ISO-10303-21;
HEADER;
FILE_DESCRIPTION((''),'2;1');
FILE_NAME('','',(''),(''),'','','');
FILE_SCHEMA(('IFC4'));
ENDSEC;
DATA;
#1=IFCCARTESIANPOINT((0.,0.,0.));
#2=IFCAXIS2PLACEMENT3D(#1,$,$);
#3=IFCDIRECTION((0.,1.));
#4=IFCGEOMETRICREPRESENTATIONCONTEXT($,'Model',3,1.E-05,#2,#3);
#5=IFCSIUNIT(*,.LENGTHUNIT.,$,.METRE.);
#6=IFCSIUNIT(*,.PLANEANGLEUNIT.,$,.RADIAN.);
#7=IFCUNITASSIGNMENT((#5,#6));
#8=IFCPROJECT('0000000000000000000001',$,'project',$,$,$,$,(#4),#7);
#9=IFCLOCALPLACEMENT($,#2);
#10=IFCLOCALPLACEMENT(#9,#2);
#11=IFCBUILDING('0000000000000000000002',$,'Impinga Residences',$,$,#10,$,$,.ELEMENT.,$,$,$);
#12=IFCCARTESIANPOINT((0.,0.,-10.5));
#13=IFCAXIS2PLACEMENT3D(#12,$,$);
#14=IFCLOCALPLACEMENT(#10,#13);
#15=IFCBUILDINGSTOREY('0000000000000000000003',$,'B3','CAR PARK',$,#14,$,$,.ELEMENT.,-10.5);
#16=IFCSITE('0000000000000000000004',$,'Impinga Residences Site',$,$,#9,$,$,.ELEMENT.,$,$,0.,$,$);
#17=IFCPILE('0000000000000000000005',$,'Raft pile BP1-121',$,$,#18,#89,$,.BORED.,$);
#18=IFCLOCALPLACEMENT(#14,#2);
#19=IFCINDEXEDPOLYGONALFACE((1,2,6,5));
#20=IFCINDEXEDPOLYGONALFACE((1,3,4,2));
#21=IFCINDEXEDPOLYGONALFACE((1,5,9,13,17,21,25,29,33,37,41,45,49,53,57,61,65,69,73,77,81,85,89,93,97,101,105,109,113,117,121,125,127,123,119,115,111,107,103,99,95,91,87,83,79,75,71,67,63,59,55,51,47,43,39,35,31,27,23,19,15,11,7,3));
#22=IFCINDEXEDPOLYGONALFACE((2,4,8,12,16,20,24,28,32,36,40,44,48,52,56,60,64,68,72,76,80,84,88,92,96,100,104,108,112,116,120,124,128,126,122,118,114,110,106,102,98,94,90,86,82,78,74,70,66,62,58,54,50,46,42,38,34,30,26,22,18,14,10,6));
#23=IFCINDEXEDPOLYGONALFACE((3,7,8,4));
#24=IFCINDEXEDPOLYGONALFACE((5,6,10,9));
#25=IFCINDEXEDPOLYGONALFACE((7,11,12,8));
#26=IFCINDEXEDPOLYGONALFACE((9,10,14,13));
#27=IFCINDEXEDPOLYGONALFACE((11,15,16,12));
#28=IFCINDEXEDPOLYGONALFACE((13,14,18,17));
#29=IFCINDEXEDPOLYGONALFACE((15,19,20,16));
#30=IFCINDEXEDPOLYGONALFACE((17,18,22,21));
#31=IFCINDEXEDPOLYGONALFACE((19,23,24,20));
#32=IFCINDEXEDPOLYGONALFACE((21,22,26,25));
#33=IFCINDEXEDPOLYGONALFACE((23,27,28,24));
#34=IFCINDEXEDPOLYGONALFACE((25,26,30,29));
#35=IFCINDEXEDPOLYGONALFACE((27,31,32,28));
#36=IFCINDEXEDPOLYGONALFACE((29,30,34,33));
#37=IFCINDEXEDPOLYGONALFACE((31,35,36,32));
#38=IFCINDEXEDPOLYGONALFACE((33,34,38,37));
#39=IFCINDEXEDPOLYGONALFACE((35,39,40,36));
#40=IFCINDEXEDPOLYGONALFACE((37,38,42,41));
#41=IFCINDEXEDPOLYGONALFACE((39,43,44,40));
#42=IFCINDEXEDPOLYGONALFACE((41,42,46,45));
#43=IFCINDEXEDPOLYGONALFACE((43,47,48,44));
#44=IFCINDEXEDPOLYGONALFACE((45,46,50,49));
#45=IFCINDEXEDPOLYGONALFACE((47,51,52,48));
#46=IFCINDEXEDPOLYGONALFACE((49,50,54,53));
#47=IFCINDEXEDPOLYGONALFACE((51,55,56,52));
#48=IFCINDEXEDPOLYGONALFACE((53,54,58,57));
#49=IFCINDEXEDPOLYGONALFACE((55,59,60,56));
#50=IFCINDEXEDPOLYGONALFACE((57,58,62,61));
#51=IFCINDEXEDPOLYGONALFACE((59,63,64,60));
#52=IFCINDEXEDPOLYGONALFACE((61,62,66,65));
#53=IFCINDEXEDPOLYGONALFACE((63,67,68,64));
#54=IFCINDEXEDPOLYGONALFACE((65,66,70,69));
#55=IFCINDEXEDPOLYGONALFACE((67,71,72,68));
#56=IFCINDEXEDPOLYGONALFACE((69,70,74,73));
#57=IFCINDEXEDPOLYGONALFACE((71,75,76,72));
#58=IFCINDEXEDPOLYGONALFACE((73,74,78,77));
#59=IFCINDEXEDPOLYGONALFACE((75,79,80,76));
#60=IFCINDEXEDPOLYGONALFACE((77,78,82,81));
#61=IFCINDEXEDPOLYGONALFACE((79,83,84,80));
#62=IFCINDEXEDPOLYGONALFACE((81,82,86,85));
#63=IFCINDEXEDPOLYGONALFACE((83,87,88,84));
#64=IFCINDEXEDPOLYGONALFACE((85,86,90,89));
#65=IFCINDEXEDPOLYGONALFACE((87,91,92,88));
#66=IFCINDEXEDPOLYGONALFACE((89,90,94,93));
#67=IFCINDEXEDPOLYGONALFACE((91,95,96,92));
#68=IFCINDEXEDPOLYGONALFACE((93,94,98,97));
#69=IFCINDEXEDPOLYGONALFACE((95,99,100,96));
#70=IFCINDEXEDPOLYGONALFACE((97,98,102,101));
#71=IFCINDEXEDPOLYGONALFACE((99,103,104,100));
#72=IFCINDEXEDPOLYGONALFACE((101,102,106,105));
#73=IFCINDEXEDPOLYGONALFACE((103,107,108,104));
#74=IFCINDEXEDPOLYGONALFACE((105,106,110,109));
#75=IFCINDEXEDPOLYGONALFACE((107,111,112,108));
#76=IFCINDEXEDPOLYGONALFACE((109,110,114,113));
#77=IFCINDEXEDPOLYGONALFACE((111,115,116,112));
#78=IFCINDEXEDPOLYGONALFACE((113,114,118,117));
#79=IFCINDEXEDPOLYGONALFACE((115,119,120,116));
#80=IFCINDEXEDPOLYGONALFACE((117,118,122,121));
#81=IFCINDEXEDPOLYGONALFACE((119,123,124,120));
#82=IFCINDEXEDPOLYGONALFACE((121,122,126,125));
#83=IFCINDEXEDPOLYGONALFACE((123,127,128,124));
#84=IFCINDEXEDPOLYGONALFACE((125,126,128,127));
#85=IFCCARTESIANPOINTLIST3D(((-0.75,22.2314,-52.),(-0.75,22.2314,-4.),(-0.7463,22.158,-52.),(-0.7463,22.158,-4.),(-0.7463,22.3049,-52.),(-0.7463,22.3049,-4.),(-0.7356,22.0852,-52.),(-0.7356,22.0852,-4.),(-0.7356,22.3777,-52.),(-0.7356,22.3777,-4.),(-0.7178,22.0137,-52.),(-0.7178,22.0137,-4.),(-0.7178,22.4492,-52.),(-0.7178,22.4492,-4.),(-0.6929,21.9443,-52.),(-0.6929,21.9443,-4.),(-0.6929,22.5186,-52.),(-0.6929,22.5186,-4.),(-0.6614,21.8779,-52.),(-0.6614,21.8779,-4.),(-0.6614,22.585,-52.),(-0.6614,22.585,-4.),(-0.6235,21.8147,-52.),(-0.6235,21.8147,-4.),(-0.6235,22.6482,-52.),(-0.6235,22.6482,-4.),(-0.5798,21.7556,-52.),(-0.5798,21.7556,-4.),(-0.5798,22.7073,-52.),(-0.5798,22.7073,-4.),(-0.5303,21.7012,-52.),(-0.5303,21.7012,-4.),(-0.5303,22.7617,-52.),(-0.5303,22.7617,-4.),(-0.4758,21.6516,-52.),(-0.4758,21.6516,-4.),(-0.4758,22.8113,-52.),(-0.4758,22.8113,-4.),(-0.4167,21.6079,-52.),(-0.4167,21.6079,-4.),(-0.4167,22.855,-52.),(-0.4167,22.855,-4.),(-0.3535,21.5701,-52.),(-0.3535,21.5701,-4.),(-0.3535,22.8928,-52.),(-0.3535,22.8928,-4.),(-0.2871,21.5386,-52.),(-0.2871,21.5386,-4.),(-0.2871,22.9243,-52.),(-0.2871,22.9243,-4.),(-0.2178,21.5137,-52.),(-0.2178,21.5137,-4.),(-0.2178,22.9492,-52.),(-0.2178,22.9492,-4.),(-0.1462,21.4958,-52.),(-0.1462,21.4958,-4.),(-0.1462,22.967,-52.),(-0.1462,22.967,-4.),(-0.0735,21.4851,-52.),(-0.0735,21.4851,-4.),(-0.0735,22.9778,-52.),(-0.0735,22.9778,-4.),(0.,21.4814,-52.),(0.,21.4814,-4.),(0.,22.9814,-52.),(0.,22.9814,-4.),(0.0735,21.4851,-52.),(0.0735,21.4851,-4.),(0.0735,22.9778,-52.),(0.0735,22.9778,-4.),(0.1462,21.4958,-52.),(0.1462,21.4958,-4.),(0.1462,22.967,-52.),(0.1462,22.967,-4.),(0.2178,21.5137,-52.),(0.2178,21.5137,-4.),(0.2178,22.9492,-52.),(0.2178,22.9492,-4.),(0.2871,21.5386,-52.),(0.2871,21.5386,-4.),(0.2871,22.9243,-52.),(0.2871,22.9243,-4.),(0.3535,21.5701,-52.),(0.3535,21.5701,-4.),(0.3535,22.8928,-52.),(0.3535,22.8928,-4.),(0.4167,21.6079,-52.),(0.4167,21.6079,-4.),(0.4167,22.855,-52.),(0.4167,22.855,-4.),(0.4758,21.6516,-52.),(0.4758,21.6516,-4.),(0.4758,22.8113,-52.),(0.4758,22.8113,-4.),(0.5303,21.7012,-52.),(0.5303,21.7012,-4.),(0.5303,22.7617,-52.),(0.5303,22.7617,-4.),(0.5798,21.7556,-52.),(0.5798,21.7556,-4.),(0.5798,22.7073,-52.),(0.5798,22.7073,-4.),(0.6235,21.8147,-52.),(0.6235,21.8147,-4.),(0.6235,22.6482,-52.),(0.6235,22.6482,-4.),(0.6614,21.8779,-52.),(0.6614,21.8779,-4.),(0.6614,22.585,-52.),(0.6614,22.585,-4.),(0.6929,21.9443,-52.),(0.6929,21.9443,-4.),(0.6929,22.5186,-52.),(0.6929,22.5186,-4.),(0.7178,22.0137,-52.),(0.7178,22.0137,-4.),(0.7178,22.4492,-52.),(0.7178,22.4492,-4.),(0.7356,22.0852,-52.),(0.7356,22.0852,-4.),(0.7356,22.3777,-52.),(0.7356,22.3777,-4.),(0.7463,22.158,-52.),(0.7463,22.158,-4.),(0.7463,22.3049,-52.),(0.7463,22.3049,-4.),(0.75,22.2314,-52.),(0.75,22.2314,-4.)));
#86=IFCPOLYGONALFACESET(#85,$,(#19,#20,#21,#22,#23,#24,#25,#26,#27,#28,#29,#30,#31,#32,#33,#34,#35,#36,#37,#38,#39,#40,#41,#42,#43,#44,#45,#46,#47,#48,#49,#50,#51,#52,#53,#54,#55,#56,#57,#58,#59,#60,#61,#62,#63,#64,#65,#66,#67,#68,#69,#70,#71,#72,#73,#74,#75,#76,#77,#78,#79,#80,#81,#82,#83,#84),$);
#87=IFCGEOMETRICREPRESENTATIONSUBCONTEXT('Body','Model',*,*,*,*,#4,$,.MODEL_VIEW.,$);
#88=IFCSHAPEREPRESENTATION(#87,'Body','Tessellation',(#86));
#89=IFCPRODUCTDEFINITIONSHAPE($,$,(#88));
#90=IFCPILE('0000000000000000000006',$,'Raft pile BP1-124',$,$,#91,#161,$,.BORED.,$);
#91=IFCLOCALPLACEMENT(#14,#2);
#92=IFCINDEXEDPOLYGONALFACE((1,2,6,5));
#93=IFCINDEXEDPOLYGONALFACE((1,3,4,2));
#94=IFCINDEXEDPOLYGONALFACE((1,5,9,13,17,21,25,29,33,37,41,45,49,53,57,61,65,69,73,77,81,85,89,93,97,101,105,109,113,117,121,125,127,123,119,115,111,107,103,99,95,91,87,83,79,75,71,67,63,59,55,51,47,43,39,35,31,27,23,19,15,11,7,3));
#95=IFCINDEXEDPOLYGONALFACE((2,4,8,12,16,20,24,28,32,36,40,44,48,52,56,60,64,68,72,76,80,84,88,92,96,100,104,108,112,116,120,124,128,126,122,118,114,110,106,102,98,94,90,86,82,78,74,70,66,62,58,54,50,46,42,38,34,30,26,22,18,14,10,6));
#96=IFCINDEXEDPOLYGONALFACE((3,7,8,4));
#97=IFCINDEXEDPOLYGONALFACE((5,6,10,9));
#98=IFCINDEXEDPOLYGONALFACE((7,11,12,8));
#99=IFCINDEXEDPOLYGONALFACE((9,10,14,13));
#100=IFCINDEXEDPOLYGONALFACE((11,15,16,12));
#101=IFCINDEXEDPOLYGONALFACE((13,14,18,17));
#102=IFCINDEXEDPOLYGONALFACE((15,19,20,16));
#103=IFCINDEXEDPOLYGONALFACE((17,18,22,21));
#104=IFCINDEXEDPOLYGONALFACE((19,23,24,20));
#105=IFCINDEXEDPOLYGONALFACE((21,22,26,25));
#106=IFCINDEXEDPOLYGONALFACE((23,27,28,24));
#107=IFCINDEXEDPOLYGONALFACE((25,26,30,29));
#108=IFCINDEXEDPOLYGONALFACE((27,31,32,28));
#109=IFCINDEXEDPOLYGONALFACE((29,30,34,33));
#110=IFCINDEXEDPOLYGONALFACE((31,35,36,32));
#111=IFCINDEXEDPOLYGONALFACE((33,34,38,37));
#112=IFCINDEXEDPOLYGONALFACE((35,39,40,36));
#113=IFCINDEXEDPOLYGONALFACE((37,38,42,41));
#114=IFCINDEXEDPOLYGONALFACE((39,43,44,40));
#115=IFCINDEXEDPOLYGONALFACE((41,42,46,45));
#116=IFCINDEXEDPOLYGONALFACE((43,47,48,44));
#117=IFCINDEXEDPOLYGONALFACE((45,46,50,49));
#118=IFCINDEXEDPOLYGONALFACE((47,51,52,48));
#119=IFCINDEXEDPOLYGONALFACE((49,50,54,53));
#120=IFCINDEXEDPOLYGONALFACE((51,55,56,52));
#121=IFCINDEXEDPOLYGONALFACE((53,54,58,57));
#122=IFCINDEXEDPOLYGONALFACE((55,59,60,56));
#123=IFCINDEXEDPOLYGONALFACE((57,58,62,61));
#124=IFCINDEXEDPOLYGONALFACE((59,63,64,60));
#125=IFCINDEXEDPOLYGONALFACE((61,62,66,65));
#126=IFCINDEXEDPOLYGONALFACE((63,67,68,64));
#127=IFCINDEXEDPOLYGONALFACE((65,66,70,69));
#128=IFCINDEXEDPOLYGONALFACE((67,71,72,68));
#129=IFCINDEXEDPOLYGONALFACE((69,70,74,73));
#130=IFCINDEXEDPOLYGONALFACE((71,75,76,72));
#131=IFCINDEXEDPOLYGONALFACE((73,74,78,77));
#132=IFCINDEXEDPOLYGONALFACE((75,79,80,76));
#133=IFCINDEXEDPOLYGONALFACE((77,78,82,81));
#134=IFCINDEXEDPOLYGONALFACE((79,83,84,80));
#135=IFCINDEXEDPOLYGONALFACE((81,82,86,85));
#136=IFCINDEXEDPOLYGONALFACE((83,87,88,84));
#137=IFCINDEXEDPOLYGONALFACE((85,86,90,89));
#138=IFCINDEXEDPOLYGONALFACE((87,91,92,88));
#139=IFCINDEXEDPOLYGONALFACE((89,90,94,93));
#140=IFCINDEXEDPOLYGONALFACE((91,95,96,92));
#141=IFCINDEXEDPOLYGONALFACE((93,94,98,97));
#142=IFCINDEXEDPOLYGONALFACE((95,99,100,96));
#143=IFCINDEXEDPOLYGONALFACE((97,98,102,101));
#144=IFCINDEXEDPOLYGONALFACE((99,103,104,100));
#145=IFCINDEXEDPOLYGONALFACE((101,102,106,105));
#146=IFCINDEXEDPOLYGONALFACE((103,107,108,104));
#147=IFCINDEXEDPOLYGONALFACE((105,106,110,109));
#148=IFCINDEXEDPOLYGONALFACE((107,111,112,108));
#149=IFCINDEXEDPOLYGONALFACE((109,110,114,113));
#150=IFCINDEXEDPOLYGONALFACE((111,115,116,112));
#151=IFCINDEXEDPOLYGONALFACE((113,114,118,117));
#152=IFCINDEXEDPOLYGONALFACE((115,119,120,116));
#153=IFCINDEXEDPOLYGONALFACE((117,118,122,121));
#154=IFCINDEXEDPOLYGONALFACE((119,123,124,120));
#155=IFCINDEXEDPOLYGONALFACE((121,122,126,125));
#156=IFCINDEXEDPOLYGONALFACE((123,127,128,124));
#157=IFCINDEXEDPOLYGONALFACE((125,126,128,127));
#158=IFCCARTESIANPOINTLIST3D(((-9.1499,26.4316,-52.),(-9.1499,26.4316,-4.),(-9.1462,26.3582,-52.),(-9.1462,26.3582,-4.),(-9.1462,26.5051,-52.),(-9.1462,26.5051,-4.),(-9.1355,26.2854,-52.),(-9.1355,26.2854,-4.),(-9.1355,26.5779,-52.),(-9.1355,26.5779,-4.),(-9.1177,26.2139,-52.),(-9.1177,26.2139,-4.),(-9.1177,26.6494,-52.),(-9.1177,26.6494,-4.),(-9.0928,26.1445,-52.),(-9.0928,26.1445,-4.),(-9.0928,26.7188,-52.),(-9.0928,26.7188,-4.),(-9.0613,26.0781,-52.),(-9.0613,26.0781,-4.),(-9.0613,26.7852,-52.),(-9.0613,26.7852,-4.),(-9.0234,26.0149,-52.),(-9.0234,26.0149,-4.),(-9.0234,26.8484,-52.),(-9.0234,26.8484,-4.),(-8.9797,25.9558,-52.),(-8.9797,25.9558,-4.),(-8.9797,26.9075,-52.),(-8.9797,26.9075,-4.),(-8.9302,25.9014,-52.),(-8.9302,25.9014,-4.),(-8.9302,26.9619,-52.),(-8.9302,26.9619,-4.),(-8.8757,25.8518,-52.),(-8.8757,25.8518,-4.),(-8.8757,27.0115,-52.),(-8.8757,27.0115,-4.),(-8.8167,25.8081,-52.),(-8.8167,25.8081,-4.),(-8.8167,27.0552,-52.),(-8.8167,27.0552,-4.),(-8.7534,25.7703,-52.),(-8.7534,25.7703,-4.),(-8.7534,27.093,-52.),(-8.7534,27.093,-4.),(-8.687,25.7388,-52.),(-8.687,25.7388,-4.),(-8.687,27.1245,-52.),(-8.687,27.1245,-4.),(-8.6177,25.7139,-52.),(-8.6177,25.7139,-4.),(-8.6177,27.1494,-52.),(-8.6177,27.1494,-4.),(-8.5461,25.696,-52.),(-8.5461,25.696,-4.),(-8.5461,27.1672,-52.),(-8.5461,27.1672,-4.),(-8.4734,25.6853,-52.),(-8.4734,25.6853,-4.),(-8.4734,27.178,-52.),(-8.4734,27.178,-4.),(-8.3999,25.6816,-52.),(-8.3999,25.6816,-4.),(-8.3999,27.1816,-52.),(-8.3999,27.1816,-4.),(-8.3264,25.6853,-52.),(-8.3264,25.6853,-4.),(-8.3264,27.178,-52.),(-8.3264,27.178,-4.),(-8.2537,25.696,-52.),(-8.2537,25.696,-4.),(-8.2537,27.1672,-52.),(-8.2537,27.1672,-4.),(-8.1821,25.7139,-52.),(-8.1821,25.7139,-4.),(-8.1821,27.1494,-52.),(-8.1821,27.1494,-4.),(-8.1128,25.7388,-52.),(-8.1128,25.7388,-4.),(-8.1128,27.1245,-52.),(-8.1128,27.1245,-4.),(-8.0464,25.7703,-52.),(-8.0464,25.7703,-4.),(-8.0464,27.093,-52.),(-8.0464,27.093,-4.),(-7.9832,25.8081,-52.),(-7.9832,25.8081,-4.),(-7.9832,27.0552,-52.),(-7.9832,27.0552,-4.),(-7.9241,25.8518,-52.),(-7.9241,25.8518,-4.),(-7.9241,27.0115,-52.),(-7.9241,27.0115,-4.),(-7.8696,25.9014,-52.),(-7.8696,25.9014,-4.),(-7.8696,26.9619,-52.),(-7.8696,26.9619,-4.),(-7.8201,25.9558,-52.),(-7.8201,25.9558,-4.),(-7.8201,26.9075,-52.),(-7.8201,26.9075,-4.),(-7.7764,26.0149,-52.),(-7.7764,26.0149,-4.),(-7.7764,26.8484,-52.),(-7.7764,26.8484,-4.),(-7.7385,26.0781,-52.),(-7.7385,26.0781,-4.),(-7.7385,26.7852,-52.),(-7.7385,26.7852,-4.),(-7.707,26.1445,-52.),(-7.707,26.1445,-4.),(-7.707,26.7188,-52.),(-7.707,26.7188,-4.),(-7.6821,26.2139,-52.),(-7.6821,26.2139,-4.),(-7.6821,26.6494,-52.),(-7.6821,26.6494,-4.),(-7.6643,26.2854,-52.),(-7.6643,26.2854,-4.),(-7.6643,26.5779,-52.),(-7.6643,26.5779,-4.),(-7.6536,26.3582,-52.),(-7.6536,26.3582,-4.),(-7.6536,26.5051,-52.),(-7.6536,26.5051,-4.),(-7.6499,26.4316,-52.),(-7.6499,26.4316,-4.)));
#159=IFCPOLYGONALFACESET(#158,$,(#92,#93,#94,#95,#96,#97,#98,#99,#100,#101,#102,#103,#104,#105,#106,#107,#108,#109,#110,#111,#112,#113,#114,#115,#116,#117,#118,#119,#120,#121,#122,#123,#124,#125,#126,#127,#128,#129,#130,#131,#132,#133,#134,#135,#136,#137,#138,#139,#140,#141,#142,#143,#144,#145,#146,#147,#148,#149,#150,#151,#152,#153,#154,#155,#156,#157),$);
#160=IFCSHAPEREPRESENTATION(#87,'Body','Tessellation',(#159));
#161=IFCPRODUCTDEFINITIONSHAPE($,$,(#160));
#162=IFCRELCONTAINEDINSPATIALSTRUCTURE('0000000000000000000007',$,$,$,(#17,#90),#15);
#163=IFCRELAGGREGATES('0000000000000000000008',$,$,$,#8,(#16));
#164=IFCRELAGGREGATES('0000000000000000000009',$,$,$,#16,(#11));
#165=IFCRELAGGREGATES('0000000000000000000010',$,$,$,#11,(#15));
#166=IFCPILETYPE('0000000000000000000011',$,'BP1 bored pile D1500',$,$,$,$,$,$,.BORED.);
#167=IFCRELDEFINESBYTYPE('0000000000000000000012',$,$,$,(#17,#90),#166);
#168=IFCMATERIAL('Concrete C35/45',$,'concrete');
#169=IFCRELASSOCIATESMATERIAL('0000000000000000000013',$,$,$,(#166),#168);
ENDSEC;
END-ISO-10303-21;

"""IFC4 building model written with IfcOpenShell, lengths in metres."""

from ifc_helpers import new_model, si_unit, direction, frame, origin, origin_2d, place, context, subcontext, project, spatial, polyline, circle, outline, extrude, material, material_profile, profile_set, type_object, element, save


model = new_model("IFC4")

# Units and contexts
model_context = context("Model", 3, precision=1e-05, world=origin(), true_north=direction((0.0, 1.0)))
body_context = subcontext(model_context, "Body", "Model", "MODEL_VIEW")
ifc_project = project(units=[si_unit("LENGTHUNIT", "METRE"), si_unit("PLANEANGLEUNIT", "RADIAN")], contexts=[model_context])

# Site, building, storey
site_placement = place(None, origin())
site = spatial("IfcSite", under=ifc_project, at=site_placement, Name="Impinga Residences Site", CompositionType="ELEMENT", RefElevation=0.0)
building_placement = place(site_placement, origin())
building = spatial("IfcBuilding", under=site, at=building_placement, Name="Impinga Residences", CompositionType="ELEMENT")
storey_placement = place(building_placement, frame((0.0, 0.0, -10.5)))
storey = spatial("IfcBuildingStorey", under=building, at=storey_placement, Name="B3", Description="CAR PARK", CompositionType="ELEMENT", Elevation=-10.5)

# Piles
ifc_material_1 = material(Name="Concrete C35/45", Category="concrete")
ifc_material_profile_1 = material_profile(ifc_material_1, circle(Radius=0.75, at=origin_2d()), Name="D1500")
ifc_profile_set_1 = profile_set([ifc_material_profile_1], Name="Concrete C35/45")
pile_type_1 = type_object("IfcPileType", Name="BP1 bored pile D1500", PredefinedType="BORED", material=ifc_profile_set_1)
pile_1_placement = place(storey_placement, frame((0.0, 22.2314, -4.0), z_axis=(0.0, 0.0, -1.0), x_axis=(1.0, 0.0, 0.0)))
element("IfcPile", 1, at=pile_1_placement, inside=storey, type_object=pile_type_1, Name="Raft pile BP1-121", PredefinedType="BORED", context=body_context, shape_type="SweptSolid", body=[
    extrude(outline(polyline([(0.75, 0.0), (0.7463, 0.0735), (0.7356, 0.1462), (0.7178, 0.2178), (0.6929, 0.2871), (0.6614, 0.3535), (0.6235, 0.4167), (0.5798, 0.4758), (0.5303, 0.5303), (0.4758, 0.5798), (0.4167, 0.6235), (0.3535, 0.6614), (0.2871, 0.6929), (0.2178, 0.7178), (0.1462, 0.7356), (0.0735, 0.7463), (0.0, 0.75), (-0.0735, 0.7463), (-0.1462, 0.7356), (-0.2178, 0.7178), (-0.2871, 0.6929), (-0.3535, 0.6614), (-0.4167, 0.6235), (-0.4758, 0.5798), (-0.5303, 0.5303), (-0.5798, 0.4758), (-0.6235, 0.4167), (-0.6614, 0.3535), (-0.6929, 0.2871), (-0.7178, 0.2178), (-0.7356, 0.1462), (-0.7463, 0.0735), (-0.75, 0.0), (-0.7463, -0.0735), (-0.7356, -0.1462), (-0.7178, -0.2178), (-0.6929, -0.2871), (-0.6614, -0.3535), (-0.6235, -0.4167), (-0.5798, -0.4758), (-0.5303, -0.5303), (-0.4758, -0.5798), (-0.4167, -0.6235), (-0.3535, -0.6614), (-0.2871, -0.6929), (-0.2178, -0.7178), (-0.1462, -0.7356), (-0.0735, -0.7463), (0.0, -0.75), (0.0735, -0.7463), (0.1462, -0.7356), (0.2178, -0.7178), (0.2871, -0.6929), (0.3535, -0.6614), (0.4167, -0.6235), (0.4758, -0.5798), (0.5303, -0.5303), (0.5798, -0.4758), (0.6235, -0.4167), (0.6614, -0.3535), (0.6929, -0.2871), (0.7178, -0.2178), (0.7356, -0.1462), (0.7463, -0.0735), (0.75, 0.0)])), origin(), (0.0, 0.0, 1.0), 48.0),
])
pile_2_placement = place(storey_placement, frame((-8.3999, 26.4316, -4.0), z_axis=(0.0, 0.0, -1.0), x_axis=(1.0, 0.0, 0.0)))
element("IfcPile", 2, at=pile_2_placement, inside=storey, type_object=pile_type_1, Name="Raft pile BP1-124", PredefinedType="BORED", context=body_context, shape_type="SweptSolid", body=[
    extrude(outline(polyline([(0.75, 0.0), (0.7463, 0.0735), (0.7356, 0.1462), (0.7178, 0.2178), (0.6929, 0.2871), (0.6614, 0.3535), (0.6235, 0.4167), (0.5798, 0.4758), (0.5303, 0.5303), (0.4758, 0.5798), (0.4167, 0.6235), (0.3535, 0.6614), (0.2871, 0.6929), (0.2178, 0.7178), (0.1462, 0.7356), (0.0735, 0.7463), (0.0, 0.75), (-0.0735, 0.7463), (-0.1462, 0.7356), (-0.2178, 0.7178), (-0.2871, 0.6929), (-0.3535, 0.6614), (-0.4167, 0.6235), (-0.4758, 0.5798), (-0.5303, 0.5303), (-0.5798, 0.4758), (-0.6235, 0.4167), (-0.6614, 0.3535), (-0.6929, 0.2871), (-0.7178, 0.2178), (-0.7356, 0.1462), (-0.7463, 0.0735), (-0.75, 0.0), (-0.7463, -0.0735), (-0.7356, -0.1462), (-0.7178, -0.2178), (-0.6929, -0.2871), (-0.6614, -0.3535), (-0.6235, -0.4167), (-0.5798, -0.4758), (-0.5303, -0.5303), (-0.4758, -0.5798), (-0.4167, -0.6235), (-0.3535, -0.6614), (-0.2871, -0.6929), (-0.2178, -0.7178), (-0.1462, -0.7356), (-0.0735, -0.7463), (0.0, -0.75), (0.0735, -0.7463), (0.1462, -0.7356), (0.2178, -0.7178), (0.2871, -0.6929), (0.3535, -0.6614), (0.4167, -0.6235), (0.4758, -0.5798), (0.5303, -0.5303), (0.5798, -0.4758), (0.6235, -0.4167), (0.6614, -0.3535), (0.6929, -0.2871), (0.7178, -0.2178), (0.7356, -0.1462), (0.7463, -0.0735), (0.75, 0.0)])), origin(), (0.0, 0.0, 1.0), 48.0),
])

save(model, "model.ifc")
